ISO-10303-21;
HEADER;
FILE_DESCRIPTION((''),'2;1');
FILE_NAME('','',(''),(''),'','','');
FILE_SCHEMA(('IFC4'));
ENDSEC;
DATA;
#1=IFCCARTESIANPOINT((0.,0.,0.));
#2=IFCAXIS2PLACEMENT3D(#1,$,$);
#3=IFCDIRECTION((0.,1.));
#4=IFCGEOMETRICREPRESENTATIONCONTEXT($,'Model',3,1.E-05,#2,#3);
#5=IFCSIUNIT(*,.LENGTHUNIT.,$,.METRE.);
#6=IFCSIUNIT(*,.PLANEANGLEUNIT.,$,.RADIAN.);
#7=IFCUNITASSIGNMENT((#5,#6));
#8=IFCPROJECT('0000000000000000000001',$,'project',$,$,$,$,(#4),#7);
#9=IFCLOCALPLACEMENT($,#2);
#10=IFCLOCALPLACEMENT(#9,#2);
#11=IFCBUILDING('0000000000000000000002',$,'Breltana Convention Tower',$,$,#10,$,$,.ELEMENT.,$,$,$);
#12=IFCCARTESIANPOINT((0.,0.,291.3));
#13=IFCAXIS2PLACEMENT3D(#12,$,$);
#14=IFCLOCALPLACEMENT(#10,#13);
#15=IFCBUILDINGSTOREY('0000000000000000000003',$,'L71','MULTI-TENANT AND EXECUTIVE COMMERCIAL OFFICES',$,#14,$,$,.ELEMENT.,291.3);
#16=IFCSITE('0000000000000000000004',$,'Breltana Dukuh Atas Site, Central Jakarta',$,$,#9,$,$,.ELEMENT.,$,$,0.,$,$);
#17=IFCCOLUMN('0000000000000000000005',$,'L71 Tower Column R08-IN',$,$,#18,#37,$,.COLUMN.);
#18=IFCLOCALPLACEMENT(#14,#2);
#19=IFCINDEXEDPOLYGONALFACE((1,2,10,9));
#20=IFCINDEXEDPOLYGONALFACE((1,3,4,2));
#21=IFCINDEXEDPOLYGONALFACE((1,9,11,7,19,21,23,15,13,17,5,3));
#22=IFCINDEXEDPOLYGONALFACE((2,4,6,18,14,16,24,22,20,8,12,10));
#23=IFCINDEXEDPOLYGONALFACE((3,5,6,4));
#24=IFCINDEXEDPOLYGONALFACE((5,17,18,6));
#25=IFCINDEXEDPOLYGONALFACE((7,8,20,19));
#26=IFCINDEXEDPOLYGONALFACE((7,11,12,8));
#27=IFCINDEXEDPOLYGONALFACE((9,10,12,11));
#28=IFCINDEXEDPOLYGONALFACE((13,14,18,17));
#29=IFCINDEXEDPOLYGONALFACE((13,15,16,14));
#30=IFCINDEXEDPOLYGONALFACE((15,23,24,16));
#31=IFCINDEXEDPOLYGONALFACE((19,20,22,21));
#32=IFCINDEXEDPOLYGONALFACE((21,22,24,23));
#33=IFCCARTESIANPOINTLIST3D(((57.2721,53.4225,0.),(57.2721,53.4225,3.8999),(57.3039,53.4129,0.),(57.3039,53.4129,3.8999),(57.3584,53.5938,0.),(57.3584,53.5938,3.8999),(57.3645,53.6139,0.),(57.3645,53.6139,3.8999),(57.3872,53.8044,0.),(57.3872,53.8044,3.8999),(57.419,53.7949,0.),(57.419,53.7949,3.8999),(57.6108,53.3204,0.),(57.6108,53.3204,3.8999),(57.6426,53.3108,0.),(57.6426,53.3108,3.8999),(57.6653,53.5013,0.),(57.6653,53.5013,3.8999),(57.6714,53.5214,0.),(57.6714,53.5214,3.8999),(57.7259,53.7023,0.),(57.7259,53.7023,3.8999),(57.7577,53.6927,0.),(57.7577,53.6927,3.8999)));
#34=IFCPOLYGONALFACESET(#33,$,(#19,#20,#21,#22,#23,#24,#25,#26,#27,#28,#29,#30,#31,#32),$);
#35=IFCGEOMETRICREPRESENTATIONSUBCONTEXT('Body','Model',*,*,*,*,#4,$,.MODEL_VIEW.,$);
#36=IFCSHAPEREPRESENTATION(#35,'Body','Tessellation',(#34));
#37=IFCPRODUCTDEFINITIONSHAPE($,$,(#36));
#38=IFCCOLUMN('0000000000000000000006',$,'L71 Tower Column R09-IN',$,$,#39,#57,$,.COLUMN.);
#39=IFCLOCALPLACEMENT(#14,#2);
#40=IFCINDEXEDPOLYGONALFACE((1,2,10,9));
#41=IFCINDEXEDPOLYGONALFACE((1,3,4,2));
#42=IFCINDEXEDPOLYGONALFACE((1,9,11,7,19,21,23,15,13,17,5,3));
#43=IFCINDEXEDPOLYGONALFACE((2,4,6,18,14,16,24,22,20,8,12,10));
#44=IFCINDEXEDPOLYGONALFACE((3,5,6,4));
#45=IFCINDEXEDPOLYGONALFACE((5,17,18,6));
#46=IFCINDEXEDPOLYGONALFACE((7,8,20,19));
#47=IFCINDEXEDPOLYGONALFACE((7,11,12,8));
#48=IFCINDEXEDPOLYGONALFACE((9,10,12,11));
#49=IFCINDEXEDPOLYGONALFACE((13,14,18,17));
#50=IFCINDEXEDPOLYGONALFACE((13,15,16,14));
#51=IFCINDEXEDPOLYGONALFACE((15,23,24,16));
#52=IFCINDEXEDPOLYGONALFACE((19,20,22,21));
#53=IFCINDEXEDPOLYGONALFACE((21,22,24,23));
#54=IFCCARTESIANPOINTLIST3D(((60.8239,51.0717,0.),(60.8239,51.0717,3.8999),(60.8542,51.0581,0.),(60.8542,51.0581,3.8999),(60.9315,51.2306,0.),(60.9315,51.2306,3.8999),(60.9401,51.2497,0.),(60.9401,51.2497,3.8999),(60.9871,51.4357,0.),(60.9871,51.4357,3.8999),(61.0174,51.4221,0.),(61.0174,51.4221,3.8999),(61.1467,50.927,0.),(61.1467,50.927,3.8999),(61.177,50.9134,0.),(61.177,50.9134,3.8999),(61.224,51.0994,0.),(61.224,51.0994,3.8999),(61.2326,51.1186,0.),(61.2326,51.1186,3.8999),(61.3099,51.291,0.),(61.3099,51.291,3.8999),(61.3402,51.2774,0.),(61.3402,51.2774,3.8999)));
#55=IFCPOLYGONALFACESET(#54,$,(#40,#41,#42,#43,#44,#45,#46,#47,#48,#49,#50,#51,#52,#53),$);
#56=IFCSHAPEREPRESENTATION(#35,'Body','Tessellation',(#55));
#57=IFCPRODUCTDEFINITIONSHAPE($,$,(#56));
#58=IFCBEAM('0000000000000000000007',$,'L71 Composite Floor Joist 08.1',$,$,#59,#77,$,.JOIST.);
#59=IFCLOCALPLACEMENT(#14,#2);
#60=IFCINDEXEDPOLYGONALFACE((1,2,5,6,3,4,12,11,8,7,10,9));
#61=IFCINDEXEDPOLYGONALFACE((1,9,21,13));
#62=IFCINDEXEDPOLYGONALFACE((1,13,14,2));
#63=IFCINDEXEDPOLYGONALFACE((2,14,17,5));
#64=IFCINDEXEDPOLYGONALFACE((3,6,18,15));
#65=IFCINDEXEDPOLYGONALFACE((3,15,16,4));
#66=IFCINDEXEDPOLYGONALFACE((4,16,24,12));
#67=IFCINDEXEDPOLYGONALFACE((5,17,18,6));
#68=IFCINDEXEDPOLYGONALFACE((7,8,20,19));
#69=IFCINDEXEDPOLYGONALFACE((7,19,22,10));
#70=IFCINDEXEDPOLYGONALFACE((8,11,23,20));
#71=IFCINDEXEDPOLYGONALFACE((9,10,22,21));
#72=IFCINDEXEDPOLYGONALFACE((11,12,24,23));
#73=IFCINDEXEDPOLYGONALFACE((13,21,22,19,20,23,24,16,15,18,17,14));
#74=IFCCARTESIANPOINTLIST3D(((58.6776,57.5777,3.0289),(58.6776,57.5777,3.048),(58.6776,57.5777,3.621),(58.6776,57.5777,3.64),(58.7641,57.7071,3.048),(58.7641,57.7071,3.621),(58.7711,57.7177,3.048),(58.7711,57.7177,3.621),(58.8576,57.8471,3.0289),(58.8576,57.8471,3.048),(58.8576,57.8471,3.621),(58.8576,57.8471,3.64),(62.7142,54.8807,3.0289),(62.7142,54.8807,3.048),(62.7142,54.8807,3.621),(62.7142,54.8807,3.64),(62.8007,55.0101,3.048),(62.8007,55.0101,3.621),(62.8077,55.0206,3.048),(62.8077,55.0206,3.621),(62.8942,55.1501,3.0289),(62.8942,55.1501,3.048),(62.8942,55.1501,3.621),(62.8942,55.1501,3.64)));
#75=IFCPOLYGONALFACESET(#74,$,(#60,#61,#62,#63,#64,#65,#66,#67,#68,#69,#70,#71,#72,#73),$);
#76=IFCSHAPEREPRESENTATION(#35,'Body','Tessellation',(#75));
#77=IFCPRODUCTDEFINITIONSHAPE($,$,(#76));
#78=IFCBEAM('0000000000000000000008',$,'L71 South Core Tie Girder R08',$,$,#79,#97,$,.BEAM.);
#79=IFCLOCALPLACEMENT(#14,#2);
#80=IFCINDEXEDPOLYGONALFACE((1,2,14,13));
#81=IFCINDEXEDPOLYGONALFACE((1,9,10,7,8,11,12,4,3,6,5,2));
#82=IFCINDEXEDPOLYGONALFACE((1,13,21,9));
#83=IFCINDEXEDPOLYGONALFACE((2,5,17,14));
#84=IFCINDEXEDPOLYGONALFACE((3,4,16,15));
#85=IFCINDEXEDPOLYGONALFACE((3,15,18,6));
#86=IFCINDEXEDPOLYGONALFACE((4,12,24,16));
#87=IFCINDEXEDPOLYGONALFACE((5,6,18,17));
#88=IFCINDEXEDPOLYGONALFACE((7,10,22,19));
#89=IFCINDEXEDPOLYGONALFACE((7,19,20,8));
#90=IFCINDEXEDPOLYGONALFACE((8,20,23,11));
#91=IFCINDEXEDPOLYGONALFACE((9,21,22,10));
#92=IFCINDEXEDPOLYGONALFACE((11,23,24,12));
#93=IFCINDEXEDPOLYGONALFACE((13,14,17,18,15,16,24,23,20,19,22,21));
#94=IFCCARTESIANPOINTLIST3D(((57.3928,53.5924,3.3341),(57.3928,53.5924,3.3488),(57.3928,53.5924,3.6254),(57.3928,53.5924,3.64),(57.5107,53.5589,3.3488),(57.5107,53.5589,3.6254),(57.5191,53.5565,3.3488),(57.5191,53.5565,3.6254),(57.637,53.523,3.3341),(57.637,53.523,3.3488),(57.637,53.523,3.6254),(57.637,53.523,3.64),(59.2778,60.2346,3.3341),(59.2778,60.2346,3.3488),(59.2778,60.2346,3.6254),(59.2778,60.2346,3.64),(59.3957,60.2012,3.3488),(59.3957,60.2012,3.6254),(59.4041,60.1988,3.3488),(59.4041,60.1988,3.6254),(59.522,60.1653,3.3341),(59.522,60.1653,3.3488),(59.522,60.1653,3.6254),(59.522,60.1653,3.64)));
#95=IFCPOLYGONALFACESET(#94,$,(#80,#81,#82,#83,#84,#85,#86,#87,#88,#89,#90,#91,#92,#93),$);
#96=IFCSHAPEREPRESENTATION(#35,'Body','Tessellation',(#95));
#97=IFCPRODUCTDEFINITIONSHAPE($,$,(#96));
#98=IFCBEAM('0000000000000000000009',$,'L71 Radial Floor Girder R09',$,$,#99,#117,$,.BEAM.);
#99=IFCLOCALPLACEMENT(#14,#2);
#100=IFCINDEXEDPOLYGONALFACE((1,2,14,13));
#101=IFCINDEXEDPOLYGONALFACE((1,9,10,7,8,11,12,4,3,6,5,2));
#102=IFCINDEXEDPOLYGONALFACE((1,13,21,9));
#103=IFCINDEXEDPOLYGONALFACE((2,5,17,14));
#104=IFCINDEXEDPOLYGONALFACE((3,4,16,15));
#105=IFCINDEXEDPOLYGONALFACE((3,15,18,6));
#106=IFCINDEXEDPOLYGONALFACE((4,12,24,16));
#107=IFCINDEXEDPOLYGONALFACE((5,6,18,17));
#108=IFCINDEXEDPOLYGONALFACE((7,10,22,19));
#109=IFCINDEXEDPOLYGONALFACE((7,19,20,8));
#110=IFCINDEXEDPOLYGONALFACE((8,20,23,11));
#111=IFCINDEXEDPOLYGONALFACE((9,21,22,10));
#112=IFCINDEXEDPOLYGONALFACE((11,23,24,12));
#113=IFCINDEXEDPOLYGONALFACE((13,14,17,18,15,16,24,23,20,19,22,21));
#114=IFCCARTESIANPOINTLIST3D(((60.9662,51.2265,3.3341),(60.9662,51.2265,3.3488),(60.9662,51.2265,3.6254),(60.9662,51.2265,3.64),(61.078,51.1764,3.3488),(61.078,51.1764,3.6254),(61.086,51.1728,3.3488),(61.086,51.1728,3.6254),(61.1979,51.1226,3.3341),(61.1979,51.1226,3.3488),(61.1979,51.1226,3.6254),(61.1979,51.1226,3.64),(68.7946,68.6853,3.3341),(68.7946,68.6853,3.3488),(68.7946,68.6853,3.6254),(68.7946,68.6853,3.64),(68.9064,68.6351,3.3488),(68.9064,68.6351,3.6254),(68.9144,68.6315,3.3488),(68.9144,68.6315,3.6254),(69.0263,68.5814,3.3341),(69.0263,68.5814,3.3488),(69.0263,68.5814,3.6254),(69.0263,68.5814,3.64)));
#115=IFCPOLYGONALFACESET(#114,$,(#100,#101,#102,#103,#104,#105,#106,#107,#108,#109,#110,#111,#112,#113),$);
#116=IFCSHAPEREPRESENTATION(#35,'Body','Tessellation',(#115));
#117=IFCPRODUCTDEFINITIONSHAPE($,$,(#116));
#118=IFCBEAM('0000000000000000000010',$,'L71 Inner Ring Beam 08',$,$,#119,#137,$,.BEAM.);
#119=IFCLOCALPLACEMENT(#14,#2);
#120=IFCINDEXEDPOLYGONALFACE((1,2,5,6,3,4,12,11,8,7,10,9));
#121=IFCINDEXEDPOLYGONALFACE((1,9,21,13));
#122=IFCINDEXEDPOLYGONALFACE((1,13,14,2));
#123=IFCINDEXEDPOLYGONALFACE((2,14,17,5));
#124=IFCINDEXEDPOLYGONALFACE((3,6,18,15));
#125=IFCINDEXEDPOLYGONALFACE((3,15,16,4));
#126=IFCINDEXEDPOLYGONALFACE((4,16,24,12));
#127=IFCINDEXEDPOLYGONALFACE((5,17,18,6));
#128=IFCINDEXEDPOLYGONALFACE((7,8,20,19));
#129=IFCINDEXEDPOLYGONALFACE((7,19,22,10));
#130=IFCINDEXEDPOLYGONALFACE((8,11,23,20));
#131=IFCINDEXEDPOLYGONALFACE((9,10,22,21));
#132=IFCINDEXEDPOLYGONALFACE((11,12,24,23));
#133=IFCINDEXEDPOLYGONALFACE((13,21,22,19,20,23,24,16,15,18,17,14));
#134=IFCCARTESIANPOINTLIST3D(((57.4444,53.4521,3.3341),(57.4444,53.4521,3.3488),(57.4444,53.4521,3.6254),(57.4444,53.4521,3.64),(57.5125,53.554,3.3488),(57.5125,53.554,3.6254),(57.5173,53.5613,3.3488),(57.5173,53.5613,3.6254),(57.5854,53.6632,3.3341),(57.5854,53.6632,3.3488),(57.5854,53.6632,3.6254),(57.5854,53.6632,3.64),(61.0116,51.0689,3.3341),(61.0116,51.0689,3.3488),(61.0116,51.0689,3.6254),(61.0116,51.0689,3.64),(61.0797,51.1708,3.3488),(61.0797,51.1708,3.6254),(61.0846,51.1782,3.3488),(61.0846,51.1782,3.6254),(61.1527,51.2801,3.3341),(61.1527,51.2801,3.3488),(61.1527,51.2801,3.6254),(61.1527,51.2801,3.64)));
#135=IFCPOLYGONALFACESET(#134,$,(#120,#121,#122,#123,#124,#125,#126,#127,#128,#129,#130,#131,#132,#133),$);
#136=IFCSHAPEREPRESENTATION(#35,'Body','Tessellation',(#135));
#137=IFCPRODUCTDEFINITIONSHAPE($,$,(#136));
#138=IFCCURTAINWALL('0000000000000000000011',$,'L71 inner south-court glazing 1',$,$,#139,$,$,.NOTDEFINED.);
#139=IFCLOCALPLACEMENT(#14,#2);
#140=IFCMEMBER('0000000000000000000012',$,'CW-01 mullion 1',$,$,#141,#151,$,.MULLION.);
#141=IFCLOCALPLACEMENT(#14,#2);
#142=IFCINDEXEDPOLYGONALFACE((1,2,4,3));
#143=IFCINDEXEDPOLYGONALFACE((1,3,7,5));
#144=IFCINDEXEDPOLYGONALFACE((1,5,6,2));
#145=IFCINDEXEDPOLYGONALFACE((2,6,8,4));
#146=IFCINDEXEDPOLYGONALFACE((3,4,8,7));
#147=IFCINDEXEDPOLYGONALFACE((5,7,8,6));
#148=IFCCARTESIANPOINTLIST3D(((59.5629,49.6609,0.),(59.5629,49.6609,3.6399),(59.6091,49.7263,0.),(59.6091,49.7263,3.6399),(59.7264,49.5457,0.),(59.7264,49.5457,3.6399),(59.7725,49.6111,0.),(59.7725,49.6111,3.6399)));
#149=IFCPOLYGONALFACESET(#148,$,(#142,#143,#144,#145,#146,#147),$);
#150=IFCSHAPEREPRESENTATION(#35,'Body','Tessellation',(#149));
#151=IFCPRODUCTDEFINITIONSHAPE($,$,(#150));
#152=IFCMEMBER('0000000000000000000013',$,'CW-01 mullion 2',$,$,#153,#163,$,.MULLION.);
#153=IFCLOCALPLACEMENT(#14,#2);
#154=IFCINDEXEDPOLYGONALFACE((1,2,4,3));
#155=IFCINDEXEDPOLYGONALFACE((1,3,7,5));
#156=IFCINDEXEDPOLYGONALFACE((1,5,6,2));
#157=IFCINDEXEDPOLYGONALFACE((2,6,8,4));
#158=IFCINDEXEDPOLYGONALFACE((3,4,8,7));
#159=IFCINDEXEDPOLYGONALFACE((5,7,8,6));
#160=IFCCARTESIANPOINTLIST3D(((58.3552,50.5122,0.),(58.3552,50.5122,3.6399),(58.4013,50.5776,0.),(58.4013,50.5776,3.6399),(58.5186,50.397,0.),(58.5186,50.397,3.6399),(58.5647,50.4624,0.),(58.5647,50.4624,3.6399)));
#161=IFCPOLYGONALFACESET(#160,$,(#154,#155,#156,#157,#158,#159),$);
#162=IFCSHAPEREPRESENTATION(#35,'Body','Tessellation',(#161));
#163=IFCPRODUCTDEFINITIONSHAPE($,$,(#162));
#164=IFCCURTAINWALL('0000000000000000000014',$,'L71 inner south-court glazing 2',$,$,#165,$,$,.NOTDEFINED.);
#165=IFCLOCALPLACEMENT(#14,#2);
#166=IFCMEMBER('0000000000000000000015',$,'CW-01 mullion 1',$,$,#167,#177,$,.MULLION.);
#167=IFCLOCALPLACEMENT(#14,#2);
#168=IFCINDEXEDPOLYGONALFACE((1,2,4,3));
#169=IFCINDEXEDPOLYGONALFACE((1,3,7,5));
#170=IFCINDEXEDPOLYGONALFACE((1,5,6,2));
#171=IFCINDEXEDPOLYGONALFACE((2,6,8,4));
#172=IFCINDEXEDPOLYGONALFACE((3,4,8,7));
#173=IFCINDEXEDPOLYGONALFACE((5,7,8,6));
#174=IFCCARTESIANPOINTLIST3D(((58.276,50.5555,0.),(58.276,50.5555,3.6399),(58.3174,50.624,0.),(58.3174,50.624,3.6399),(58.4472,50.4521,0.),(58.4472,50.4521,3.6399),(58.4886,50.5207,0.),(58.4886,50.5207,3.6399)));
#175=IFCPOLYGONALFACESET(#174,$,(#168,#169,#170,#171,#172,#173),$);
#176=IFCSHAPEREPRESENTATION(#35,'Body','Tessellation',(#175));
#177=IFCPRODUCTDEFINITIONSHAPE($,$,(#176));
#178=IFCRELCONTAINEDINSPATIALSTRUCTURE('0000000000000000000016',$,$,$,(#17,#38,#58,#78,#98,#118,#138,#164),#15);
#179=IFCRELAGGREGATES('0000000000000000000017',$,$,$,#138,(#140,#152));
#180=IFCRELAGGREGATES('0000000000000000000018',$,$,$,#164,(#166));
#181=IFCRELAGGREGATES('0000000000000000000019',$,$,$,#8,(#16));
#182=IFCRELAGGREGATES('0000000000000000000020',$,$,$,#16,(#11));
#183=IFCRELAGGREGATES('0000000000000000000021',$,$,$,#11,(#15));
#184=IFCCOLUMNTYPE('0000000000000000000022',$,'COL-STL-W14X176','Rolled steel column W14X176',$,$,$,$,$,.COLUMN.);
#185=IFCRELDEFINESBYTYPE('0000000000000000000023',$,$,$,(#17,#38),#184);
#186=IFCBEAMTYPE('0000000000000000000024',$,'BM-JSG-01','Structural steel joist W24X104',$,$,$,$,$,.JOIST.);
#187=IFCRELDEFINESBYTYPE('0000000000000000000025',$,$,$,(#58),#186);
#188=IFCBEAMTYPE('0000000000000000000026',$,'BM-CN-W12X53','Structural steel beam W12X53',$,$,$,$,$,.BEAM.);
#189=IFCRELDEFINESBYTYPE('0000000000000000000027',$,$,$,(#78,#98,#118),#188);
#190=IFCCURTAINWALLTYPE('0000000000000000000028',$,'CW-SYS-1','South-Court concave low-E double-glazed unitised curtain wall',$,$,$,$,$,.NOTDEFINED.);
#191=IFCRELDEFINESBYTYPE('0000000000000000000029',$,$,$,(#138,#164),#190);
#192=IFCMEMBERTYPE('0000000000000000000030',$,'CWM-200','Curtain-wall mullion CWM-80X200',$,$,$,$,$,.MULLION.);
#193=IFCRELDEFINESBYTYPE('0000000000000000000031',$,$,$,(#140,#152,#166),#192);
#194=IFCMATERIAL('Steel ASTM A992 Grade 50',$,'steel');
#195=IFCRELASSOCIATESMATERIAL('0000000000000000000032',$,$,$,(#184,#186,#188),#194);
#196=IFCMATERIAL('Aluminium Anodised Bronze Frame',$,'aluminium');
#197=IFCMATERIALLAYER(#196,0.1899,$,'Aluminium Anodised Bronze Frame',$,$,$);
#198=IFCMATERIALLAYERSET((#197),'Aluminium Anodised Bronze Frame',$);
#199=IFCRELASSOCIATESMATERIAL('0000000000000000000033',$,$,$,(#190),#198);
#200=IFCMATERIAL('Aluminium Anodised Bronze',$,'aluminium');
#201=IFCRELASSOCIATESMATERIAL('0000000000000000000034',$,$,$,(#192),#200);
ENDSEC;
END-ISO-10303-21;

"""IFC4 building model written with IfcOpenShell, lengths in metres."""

from ifc_helpers import new_model, si_unit, direction, frame, origin, origin_2d, place, context, subcontext, project, spatial, rectangle, i_section, extrude, source, transform, mapped, material, layer, layer_set, material_profile, profile_set, type_object, type_shapes, element, aggregate, save


model = new_model("IFC4")

# Units and contexts
model_context = context("Model", 3, precision=1e-05, world=origin(), true_north=direction((0.0, 1.0)))
body_context = subcontext(model_context, "Body", "Model", "MODEL_VIEW")
ifc_project = project(units=[si_unit("LENGTHUNIT", "METRE"), si_unit("PLANEANGLEUNIT", "RADIAN")], contexts=[model_context])

# Site, building, storey
site_placement = place(None, origin())
site = spatial("IfcSite", under=ifc_project, at=site_placement, Name="Breltana Dukuh Atas Site, Central Jakarta", CompositionType="ELEMENT", RefElevation=0.0)
building_placement = place(site_placement, origin())
building = spatial("IfcBuilding", under=site, at=building_placement, Name="Breltana Convention Tower", CompositionType="ELEMENT")
storey_placement = place(building_placement, frame((0.0, 0.0, 291.3)))
storey = spatial("IfcBuildingStorey", under=building, at=storey_placement, Name="L71", Description="MULTI-TENANT AND EXECUTIVE COMMERCIAL OFFICES", CompositionType="ELEMENT", Elevation=291.3)

# Columns
ifc_material_1 = material(Name="Steel ASTM A992 Grade 50", Category="steel")
ifc_material_profile_1 = material_profile(ifc_material_1, i_section(OverallWidth=0.3989, OverallDepth=0.387, WebThickness=0.021, FlangeThickness=0.0332, at=origin_2d()), Name="W14X176")
ifc_profile_set_1 = profile_set([ifc_material_profile_1], Name="Steel ASTM A992 Grade 50")
column_type = type_object("IfcColumnType", Name="COL-STL-W14X176", Description="Rolled steel column W14X176", PredefinedType="COLUMN", material=ifc_profile_set_1)
shared_shape_1 = source(origin(), body_context, "Body", "SweptSolid", [
    extrude(i_section(OverallWidth=0.3989, OverallDepth=0.387, WebThickness=0.021, FlangeThickness=0.0332, at=origin_2d()), origin(), (0.0, 0.0, 1.0), 3.8999),
])
type_shapes(column_type, [shared_shape_1])
for number, where, z_axis, x_axis, name in (
    (1, (57.5149, 53.5576, 0.0), (0.0, 0.0, 1.0), (0.288698, 0.95742, 0.0), "L71 Tower Column R08-IN"),
    (2, (61.082, 51.1746, 0.0), (0.0, 0.0, 1.0), (0.409127, 0.912477, 0.0), "L71 Tower Column R09-IN"),
):
    element("IfcColumn", number, at=place(storey_placement, frame(where, z_axis=z_axis, x_axis=x_axis)), inside=storey, type_object=column_type, Name=name, PredefinedType="COLUMN", context=body_context, shape_type="MappedRepresentation", body=[
        mapped(shared_shape_1, transform((0.0, 0.0, 0.0), scale=1.0)),
    ])

# Beams
ifc_material_profile_2 = material_profile(ifc_material_1, i_section(OverallWidth=0.324, OverallDepth=0.6111, WebThickness=0.0127, FlangeThickness=0.019, at=origin_2d()), Name="W24X104")
ifc_profile_set_2 = profile_set([ifc_material_profile_2], Name="Steel ASTM A992 Grade 50")
beam_type_1 = type_object("IfcBeamType", Name="BM-JSG-01", Description="Structural steel joist W24X104", PredefinedType="JOIST", material=ifc_profile_set_2)
shared_shape_2 = source(origin(), body_context, "Body", "SweptSolid", [
    extrude(i_section(OverallWidth=0.324, OverallDepth=0.6111, WebThickness=0.0127, FlangeThickness=0.019, at=origin_2d()), origin(), (0.0, 0.0, 1.0), 4.8547),
])
beam_1_placement = place(storey_placement, frame((58.7676, 57.7124, 3.3345), z_axis=(0.831485, -0.555547, 0.0), x_axis=(0.555547, 0.831485, 0.0)))
element("IfcBeam", 3, at=beam_1_placement, inside=storey, type_object=beam_type_1, Name="L71 Composite Floor Joist 08.1", PredefinedType="JOIST", context=body_context, shape_type="MappedRepresentation", body=[
    mapped(shared_shape_2, transform((0.0, 0.0, 0.0), scale=1.0)),
])
ifc_material_profile_3 = material_profile(ifc_material_1, i_section(OverallWidth=0.2539, OverallDepth=0.3059, WebThickness=0.0088, FlangeThickness=0.0146, at=origin_2d()), Name="W12X53")
ifc_profile_set_3 = profile_set([ifc_material_profile_3], Name="Steel ASTM A992 Grade 50")
beam_type_2 = type_object("IfcBeamType", Name="BM-CN-W12X53", Description="Structural steel beam W12X53", PredefinedType="BEAM", material=ifc_profile_set_3)
shared_shape_3 = source(origin(), body_context, "Body", "SweptSolid", [
    extrude(i_section(OverallWidth=0.2539, OverallDepth=0.3059, WebThickness=0.0088, FlangeThickness=0.0146, at=origin_2d()), origin(), (0.0, 0.0, 1.0), 6.9045),
])
beam_2_placement = place(storey_placement, frame((59.3999, 60.2, 3.4871), z_axis=(-0.273007, -0.962012, 0.0), x_axis=(0.962012, -0.273007, 0.0)))
element("IfcBeam", 4, at=beam_2_placement, inside=storey, type_object=beam_type_2, Name="L71 South Core Tie Girder R08", PredefinedType="BEAM", context=body_context, shape_type="MappedRepresentation", body=[
    mapped(shared_shape_3, transform((0.0, 0.0, 0.0), scale=1.0)),
])
shared_shape_4 = source(origin(), body_context, "Body", "SweptSolid", [
    extrude(i_section(OverallWidth=0.2539, OverallDepth=0.3059, WebThickness=0.0088, FlangeThickness=0.0146, at=origin_2d()), origin(), (0.0, 0.0, 1.0), 19.1335),
])
beam_3_placement = place(storey_placement, frame((61.082, 51.1746, 3.4871), z_axis=(0.409145, 0.91247, 0.0), x_axis=(-0.91247, 0.409145, 0.0)))
element("IfcBeam", 5, at=beam_3_placement, inside=storey, type_object=beam_type_2, Name="L71 Radial Floor Girder R09", PredefinedType="BEAM", context=body_context, shape_type="MappedRepresentation", body=[
    mapped(shared_shape_4, transform((0.0, 0.0, 0.0), scale=1.0)),
])
shared_shape_5 = source(origin(), body_context, "Body", "SweptSolid", [
    extrude(i_section(OverallWidth=0.2539, OverallDepth=0.3059, WebThickness=0.0088, FlangeThickness=0.0146, at=origin_2d()), origin(), (0.0, 0.0, 1.0), 4.29),
])
beam_4_placement = place(storey_placement, frame((57.5149, 53.5576, 3.4871), z_axis=(0.831516, -0.555501, 0.0), x_axis=(0.555501, 0.831516, 0.0)))
element("IfcBeam", 6, at=beam_4_placement, inside=storey, type_object=beam_type_2, Name="L71 Inner Ring Beam 08", PredefinedType="BEAM", context=body_context, shape_type="MappedRepresentation", body=[
    mapped(shared_shape_5, transform((0.0, 0.0, 0.0), scale=1.0)),
])

# Curtain walls, members
ifc_material_2 = material(Name="Aluminium Anodised Bronze Frame", Category="aluminium")
ifc_layer_1 = layer(ifc_material_2, 0.1899, Name="Aluminium Anodised Bronze Frame")
ifc_layer_set_1 = layer_set([ifc_layer_1], Name="Aluminium Anodised Bronze Frame")
curtain_wall_type = type_object("IfcCurtainWallType", Name="CW-SYS-1", Description="South-Court concave low-E double-glazed unitised curtain wall", PredefinedType="NOTDEFINED", material=ifc_layer_set_1)
curtain_wall_1_placement = place(storey_placement, origin())
curtain_wall_1 = element("IfcCurtainWall", 7, at=curtain_wall_1_placement, inside=storey, type_object=curtain_wall_type, Name="L71 inner south-court glazing 1", PredefinedType="NOTDEFINED")
ifc_material_3 = material(Name="Aluminium Anodised Bronze", Category="aluminium")
ifc_material_profile_4 = material_profile(ifc_material_3, rectangle(XDim=0.0801, YDim=0.2, at=origin_2d()), Name="CWM-80X200")
ifc_profile_set_4 = profile_set([ifc_material_profile_4], Name="Aluminium Anodised Bronze")
member_type_1 = type_object("IfcMemberType", Name="CWM-200", Description="Curtain-wall mullion CWM-80X200", PredefinedType="MULLION", material=ifc_profile_set_4)
shared_shape_6 = source(origin(), body_context, "Body", "SweptSolid", [
    extrude(rectangle(XDim=0.0801, YDim=0.2, at=origin_2d()), origin(), (0.0, 0.0, 1.0), 3.6399),
])
member_1_placement = place(storey_placement, frame((59.6677, 49.636, 0.0), z_axis=(0.0, 0.0, 1.0), x_axis=(-0.576174, -0.817327, 0.0)))
member_1 = element("IfcMember", 8, at=member_1_placement, type_object=member_type_1, Name="CW-01 mullion 1", PredefinedType="MULLION", context=body_context, shape_type="MappedRepresentation", body=[
    mapped(shared_shape_6, transform((0.0, 0.0, 0.0), scale=1.0)),
])
member_2_placement = place(storey_placement, frame((58.46, 50.4873, 0.0), z_axis=(0.0, 0.0, 1.0), x_axis=(-0.576174, -0.817327, 0.0)))
member_2 = element("IfcMember", 9, at=member_2_placement, type_object=member_type_1, Name="CW-01 mullion 2", PredefinedType="MULLION", context=body_context, shape_type="MappedRepresentation", body=[
    mapped(shared_shape_6, transform((0.0, 0.0, 0.0), scale=1.0)),
])
curtain_wall_2_placement = place(storey_placement, origin())
curtain_wall_2 = element("IfcCurtainWall", 10, at=curtain_wall_2_placement, inside=storey, type_object=curtain_wall_type, Name="L71 inner south-court glazing 2", PredefinedType="NOTDEFINED")
member_3_placement = place(storey_placement, frame((58.3823, 50.5381, 0.0), z_axis=(0.0, 0.0, 1.0), x_axis=(-0.516827, -0.85609, 0.0)))
member_3 = element("IfcMember", 11, at=member_3_placement, type_object=member_type_1, Name="CW-01 mullion 1", PredefinedType="MULLION", context=body_context, shape_type="MappedRepresentation", body=[
    mapped(shared_shape_6, transform((0.0, 0.0, 0.0), scale=1.0)),
])

aggregate(curtain_wall_1, [member_1, member_2])
aggregate(curtain_wall_2, [member_3])

save(model, "model.ifc")
